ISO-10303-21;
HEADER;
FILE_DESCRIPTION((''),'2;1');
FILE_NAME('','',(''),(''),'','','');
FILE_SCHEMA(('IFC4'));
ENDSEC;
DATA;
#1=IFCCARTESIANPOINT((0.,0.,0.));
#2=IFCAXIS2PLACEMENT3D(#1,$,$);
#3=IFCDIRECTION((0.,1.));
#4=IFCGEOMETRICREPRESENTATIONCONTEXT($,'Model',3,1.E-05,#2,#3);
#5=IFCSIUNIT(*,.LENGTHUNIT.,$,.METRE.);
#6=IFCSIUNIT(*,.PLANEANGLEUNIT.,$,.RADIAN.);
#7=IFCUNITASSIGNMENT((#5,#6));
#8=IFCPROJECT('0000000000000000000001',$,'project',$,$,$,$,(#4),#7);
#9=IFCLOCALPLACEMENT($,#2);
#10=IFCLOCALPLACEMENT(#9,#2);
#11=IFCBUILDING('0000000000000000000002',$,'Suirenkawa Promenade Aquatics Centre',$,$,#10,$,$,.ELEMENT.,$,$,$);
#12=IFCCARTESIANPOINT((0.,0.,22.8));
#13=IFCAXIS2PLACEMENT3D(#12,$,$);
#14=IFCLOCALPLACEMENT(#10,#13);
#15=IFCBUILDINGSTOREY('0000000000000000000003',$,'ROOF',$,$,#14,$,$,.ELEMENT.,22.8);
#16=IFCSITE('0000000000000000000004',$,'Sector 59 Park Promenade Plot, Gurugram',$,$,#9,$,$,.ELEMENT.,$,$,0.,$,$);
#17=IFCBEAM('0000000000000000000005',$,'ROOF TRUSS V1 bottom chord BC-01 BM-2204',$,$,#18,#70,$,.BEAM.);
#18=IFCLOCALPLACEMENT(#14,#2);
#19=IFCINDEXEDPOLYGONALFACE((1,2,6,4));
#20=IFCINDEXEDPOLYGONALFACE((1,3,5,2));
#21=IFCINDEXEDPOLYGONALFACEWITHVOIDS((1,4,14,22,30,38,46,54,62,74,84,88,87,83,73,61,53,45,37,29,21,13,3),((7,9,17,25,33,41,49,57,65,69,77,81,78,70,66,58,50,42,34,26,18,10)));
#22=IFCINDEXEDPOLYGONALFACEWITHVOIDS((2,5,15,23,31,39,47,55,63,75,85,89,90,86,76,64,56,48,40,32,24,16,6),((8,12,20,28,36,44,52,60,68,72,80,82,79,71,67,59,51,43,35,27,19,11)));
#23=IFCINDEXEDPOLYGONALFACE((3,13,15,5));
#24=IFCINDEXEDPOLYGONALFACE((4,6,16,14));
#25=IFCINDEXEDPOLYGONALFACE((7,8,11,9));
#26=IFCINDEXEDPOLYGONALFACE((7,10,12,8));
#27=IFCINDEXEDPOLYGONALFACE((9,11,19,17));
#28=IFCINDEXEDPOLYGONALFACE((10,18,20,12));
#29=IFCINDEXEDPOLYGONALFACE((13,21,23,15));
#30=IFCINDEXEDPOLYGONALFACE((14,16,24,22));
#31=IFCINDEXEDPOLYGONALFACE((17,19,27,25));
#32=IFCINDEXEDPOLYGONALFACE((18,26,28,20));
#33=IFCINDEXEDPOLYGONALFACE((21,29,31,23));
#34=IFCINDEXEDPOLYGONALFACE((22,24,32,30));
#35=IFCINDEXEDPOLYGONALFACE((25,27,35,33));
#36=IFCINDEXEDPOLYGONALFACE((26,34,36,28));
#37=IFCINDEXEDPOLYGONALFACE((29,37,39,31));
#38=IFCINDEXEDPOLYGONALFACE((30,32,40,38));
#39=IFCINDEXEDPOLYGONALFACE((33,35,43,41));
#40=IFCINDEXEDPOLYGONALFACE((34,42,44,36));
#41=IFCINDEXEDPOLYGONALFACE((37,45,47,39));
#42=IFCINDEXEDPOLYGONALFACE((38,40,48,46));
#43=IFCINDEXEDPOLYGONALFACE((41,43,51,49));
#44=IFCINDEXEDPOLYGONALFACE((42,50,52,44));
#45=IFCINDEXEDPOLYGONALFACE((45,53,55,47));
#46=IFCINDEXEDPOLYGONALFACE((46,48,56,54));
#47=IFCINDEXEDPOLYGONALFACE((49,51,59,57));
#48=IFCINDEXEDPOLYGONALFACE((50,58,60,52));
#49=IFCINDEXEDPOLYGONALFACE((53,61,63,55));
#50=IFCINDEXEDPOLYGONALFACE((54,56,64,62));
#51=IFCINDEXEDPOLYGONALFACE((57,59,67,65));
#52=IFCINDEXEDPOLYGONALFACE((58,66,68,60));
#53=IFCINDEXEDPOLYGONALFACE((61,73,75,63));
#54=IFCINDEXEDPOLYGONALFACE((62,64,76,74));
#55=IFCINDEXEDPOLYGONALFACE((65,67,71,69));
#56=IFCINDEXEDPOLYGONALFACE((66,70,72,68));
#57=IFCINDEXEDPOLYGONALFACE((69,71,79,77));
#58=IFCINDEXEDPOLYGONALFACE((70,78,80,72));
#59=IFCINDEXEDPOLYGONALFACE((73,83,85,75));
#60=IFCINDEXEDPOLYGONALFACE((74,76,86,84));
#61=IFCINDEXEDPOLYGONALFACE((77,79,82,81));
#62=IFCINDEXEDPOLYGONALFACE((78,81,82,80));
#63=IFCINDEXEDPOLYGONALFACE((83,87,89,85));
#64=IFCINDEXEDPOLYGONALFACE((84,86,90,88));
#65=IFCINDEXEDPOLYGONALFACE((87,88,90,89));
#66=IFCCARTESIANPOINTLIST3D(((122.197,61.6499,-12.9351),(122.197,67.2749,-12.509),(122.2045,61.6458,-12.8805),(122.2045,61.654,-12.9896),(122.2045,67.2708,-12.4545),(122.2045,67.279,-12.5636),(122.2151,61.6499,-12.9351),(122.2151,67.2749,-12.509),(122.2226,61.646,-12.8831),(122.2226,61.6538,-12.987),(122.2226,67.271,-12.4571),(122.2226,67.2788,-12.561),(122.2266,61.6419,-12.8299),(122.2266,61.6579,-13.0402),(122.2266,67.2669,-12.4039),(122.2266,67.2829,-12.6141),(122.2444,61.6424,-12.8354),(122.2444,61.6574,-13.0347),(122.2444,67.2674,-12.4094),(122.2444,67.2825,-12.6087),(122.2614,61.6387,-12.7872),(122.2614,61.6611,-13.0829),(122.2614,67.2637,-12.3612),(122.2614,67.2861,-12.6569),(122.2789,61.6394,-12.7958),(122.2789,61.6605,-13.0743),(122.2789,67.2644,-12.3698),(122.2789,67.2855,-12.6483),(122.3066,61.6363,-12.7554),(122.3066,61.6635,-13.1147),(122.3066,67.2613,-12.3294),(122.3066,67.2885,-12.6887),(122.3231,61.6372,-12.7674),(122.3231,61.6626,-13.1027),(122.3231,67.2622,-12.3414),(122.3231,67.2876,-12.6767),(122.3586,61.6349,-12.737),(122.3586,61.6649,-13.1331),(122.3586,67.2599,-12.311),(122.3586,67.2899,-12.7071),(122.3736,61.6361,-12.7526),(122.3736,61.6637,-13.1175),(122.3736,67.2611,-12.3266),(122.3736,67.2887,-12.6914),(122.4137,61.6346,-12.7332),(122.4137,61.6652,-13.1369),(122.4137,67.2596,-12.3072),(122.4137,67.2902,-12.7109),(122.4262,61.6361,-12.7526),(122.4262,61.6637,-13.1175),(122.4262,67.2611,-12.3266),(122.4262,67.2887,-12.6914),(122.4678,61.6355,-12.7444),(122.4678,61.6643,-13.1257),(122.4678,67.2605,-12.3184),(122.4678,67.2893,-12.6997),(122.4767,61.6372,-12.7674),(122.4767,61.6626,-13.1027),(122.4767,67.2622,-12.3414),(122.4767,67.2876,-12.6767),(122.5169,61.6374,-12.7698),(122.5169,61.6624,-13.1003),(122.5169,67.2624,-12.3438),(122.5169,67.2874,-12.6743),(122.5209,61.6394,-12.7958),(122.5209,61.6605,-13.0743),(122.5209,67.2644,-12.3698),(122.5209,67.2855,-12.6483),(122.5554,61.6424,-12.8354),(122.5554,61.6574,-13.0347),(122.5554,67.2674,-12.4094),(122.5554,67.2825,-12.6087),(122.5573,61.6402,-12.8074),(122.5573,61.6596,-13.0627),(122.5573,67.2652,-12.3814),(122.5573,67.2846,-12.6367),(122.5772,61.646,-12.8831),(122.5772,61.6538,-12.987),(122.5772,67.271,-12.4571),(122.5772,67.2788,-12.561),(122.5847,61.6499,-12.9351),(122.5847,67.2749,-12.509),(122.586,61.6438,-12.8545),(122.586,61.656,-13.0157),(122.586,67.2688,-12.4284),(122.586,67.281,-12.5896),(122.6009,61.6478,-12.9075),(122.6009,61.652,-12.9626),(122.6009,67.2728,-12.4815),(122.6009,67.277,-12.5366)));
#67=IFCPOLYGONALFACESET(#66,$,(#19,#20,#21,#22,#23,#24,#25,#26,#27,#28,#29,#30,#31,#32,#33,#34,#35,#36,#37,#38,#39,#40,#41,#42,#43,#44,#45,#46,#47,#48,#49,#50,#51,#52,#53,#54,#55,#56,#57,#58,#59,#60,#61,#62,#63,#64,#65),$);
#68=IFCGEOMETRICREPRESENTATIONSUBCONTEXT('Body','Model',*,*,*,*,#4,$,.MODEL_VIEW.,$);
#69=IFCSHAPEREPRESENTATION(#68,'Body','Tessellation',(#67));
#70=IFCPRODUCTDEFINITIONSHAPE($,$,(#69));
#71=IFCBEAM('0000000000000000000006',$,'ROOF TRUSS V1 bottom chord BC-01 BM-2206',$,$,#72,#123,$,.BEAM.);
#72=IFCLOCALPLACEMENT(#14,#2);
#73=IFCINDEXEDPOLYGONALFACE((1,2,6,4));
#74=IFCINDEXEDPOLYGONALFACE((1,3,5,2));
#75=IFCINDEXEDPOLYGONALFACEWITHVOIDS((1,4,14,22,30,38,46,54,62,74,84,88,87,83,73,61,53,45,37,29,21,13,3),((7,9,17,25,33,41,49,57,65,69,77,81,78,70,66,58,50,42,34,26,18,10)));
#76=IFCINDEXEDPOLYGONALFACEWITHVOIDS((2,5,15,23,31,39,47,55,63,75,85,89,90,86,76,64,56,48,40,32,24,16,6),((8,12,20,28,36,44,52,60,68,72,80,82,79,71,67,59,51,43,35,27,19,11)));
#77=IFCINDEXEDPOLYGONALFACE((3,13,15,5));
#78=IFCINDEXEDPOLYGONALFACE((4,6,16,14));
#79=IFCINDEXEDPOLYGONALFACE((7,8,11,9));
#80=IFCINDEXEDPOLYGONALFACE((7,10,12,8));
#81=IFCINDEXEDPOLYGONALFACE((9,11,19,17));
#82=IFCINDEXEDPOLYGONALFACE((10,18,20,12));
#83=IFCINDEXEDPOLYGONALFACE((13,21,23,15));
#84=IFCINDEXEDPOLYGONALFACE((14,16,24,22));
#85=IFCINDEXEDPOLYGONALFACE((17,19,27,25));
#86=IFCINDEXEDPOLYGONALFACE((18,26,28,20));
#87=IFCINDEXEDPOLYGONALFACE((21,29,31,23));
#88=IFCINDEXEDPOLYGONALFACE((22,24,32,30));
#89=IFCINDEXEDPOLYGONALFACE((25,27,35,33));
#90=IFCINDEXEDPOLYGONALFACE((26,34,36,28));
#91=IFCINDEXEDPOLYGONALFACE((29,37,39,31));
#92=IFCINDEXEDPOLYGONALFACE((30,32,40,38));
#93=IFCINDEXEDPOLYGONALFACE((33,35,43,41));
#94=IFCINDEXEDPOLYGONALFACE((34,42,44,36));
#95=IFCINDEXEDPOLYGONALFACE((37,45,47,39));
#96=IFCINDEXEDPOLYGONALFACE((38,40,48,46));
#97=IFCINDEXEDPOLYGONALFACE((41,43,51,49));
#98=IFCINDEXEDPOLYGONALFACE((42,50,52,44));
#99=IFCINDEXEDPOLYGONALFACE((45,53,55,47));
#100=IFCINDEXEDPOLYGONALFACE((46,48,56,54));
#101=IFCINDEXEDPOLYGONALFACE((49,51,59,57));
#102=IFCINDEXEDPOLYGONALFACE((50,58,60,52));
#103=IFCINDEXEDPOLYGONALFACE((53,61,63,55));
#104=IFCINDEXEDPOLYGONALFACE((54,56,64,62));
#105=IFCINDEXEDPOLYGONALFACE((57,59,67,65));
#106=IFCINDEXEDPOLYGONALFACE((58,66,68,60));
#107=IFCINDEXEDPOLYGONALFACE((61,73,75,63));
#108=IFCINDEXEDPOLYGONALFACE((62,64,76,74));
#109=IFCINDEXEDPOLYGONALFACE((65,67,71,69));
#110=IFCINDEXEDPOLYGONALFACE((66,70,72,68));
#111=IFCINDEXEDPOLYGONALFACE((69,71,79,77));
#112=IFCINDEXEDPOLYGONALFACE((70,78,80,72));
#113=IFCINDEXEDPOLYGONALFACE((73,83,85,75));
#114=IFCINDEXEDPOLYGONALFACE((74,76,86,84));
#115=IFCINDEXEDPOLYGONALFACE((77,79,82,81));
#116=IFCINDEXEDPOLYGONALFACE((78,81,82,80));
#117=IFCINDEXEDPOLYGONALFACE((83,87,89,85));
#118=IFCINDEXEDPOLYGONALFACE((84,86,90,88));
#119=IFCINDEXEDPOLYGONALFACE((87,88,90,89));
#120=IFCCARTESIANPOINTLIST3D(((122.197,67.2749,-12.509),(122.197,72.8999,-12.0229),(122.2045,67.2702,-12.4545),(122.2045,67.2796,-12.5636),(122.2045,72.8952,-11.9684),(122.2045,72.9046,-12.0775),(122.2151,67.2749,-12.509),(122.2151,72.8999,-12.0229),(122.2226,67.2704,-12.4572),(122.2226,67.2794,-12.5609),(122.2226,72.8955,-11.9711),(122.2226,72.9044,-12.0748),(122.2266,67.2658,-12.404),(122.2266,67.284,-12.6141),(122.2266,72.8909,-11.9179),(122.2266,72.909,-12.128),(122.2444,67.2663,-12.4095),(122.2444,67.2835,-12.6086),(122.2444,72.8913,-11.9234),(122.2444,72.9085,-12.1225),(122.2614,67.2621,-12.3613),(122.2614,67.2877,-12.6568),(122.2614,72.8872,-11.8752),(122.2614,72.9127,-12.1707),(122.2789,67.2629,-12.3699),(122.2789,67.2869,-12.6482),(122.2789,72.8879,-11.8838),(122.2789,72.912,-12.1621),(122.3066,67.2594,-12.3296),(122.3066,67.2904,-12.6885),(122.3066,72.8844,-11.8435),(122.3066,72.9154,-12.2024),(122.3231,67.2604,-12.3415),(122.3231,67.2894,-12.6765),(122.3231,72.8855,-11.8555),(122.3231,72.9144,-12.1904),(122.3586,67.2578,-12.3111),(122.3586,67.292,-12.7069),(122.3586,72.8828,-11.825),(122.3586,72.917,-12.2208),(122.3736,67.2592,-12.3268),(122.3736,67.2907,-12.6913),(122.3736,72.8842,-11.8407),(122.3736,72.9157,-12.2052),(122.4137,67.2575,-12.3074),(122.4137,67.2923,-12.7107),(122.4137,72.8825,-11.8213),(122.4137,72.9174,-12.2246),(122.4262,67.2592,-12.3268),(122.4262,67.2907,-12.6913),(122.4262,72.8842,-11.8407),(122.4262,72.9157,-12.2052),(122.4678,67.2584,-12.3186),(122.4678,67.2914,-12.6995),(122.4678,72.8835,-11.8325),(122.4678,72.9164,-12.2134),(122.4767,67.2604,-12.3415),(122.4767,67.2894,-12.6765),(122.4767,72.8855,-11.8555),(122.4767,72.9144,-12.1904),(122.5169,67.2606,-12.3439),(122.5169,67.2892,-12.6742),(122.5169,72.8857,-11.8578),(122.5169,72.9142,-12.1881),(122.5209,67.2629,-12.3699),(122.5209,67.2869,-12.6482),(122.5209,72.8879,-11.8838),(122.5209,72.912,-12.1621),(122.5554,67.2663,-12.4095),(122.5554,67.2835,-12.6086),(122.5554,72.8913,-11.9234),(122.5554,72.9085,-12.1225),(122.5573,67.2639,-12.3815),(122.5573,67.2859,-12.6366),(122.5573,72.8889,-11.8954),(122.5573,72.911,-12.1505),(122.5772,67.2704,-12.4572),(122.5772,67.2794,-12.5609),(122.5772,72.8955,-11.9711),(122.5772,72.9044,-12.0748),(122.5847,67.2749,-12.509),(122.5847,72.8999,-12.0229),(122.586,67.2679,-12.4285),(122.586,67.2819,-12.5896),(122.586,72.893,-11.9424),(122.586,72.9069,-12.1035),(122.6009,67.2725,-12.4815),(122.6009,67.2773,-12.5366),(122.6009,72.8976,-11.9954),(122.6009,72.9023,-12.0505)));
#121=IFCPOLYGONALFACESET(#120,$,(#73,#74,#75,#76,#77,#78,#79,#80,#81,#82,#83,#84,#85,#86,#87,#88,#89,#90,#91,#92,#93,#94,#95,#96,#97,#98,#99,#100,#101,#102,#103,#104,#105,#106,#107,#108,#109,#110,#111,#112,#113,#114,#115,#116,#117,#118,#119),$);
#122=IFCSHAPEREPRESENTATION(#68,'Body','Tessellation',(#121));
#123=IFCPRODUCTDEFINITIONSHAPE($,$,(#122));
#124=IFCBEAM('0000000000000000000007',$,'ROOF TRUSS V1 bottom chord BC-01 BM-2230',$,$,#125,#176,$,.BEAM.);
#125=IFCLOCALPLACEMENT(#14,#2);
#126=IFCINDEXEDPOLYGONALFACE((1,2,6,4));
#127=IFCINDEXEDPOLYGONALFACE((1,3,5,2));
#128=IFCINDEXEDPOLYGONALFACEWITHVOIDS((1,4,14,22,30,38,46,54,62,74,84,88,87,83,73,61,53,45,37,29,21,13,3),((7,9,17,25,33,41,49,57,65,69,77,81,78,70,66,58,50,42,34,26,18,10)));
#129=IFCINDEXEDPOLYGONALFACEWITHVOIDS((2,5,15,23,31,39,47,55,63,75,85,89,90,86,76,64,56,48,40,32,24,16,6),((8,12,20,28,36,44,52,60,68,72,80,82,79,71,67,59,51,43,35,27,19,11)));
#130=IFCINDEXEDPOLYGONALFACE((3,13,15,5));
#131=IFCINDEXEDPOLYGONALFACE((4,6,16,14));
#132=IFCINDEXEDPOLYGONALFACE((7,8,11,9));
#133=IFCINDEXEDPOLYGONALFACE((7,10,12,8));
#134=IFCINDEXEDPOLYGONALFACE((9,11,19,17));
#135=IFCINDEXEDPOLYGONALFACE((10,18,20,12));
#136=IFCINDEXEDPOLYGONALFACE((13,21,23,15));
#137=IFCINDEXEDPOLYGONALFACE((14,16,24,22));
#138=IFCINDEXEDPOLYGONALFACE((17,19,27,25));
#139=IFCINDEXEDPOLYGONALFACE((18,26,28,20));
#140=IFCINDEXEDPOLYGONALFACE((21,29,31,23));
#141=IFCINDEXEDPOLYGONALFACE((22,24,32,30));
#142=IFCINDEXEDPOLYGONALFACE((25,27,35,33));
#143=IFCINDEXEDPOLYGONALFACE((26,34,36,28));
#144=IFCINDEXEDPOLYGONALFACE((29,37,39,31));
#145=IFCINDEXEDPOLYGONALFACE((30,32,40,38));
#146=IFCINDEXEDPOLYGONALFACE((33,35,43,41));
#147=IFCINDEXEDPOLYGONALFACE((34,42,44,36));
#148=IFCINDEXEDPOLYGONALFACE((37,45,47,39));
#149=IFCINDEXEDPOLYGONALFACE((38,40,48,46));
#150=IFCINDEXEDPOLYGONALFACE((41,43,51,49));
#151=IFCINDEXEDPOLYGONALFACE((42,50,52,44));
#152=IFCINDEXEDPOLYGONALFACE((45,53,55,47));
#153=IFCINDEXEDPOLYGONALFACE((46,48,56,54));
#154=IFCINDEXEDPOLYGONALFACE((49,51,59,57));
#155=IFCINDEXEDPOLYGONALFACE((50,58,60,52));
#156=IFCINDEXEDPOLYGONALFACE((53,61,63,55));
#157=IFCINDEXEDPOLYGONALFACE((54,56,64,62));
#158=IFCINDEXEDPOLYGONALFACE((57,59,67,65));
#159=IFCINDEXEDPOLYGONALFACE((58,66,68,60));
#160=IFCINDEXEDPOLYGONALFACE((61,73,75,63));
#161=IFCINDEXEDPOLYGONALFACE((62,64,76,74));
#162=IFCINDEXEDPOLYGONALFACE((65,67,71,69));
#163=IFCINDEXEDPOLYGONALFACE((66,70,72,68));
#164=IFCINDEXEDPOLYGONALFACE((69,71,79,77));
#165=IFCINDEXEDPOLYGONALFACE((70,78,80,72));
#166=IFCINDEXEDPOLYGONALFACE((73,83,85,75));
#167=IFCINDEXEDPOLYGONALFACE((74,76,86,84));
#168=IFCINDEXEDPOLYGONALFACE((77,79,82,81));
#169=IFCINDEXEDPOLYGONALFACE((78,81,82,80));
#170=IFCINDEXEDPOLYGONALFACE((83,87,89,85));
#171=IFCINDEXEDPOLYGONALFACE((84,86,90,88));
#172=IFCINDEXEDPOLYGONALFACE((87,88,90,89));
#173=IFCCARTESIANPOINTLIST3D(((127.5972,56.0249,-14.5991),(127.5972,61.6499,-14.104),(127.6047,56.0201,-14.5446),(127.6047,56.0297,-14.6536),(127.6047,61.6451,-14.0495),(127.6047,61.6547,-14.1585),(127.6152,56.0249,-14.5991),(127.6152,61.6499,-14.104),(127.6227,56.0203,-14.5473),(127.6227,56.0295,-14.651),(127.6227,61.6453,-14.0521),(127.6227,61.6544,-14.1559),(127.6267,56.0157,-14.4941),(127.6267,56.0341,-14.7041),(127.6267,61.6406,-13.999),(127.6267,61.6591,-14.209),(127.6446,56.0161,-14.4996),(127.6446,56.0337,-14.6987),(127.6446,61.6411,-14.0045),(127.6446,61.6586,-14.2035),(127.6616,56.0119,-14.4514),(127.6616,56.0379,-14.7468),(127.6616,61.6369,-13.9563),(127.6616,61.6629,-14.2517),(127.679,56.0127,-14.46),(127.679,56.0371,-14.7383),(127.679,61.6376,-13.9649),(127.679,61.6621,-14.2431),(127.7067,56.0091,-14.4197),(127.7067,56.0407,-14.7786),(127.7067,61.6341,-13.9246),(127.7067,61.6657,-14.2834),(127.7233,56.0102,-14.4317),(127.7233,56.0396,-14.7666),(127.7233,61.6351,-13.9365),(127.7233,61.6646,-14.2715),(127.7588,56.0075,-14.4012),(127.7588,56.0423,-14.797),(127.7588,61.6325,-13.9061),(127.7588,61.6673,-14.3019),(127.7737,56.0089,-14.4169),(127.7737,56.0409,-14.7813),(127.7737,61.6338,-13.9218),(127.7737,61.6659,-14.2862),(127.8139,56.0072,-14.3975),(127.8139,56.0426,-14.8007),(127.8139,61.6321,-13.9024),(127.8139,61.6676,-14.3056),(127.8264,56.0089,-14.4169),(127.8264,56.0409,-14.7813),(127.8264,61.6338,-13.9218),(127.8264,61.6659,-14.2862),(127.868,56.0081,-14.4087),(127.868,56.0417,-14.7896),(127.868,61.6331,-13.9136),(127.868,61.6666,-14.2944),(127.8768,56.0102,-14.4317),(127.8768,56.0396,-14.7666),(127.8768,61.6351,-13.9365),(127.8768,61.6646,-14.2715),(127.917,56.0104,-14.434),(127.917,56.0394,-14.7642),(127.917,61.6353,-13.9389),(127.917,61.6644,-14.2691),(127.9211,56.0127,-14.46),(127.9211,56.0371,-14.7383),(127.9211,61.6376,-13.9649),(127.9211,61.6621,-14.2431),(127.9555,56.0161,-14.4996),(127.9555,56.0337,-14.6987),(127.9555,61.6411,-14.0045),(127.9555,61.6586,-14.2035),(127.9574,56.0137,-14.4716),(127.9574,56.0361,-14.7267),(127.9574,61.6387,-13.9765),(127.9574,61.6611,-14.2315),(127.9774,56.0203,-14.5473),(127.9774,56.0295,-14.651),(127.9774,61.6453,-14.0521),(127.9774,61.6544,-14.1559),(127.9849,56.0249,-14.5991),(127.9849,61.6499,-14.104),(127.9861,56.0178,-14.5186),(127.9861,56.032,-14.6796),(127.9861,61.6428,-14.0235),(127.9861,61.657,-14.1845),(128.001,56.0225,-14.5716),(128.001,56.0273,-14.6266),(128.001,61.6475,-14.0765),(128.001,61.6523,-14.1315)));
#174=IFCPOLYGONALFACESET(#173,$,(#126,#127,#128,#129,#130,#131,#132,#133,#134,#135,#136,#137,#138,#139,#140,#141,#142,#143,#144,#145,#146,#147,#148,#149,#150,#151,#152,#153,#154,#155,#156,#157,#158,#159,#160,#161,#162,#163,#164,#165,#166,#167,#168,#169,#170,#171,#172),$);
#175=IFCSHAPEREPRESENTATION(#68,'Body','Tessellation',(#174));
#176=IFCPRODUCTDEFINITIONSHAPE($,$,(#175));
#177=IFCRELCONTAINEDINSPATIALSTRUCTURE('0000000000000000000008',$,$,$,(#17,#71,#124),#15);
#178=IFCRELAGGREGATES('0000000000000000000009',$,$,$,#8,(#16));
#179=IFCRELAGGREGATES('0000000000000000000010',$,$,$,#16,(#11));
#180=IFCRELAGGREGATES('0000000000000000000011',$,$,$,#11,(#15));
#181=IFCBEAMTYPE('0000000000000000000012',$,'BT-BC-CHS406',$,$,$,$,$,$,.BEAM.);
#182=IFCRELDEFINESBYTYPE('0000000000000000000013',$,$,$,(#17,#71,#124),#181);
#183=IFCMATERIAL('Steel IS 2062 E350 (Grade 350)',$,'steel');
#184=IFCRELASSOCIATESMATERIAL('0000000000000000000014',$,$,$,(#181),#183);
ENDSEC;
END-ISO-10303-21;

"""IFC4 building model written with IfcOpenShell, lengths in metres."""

from ifc_helpers import new_model, si_unit, direction, frame, origin, origin_2d, place, context, subcontext, project, spatial, hollow_circle, extrude, material, material_profile, profile_set, type_object, element, save


model = new_model("IFC4")

# Units and contexts
model_context = context("Model", 3, precision=1e-05, world=origin(), true_north=direction((0.0, 1.0)))
body_context = subcontext(model_context, "Body", "Model", "MODEL_VIEW")
ifc_project = project(units=[si_unit("LENGTHUNIT", "METRE"), si_unit("PLANEANGLEUNIT", "RADIAN")], contexts=[model_context])

# Site, building, storey
site_placement = place(None, origin())
site = spatial("IfcSite", under=ifc_project, at=site_placement, Name="Sector 59 Park Promenade Plot, Gurugram", CompositionType="ELEMENT", RefElevation=0.0)
building_placement = place(site_placement, origin())
building = spatial("IfcBuilding", under=site, at=building_placement, Name="Suirenkawa Promenade Aquatics Centre", CompositionType="ELEMENT")
storey_placement = place(building_placement, frame((0.0, 0.0, 22.8)))
storey = spatial("IfcBuildingStorey", under=building, at=storey_placement, Name="ROOF", CompositionType="ELEMENT", Elevation=22.8)

# Beams
ifc_material = material(Name="Steel IS 2062 E350 (Grade 350)", Category="steel")
ifc_material_profile_1 = material_profile(ifc_material, hollow_circle(Radius=0.2029, WallThickness=0.0181, at=origin_2d()), Name="CHS 406x18", Category="steel")
ifc_profile_set_1 = profile_set([ifc_material_profile_1], Name="Steel IS 2062 E350 (Grade 350)")
beam_type_1 = type_object("IfcBeamType", Name="BT-BC-CHS406", PredefinedType="BEAM", material=ifc_profile_set_1)
beam_1_placement = place(storey_placement, frame((122.3999, 61.6499, -12.9351), z_axis=(0.0, 0.997144, 0.075522), x_axis=(-1.0, 0.0, 0.0)))
element("IfcBeam", 1, at=beam_1_placement, inside=storey, type_object=beam_type_1, Name="ROOF TRUSS V1 bottom chord BC-01 BM-2204", PredefinedType="BEAM", context=body_context, shape_type="SweptSolid", body=[
    extrude(hollow_circle(Radius=0.2029, WallThickness=0.0181, at=origin_2d()), origin(), (0.0, 0.0, 1.0), 5.6411),
])
beam_2_placement = place(storey_placement, frame((122.3999, 67.2749, -12.509), z_axis=(0.0, 0.996287, 0.086094), x_axis=(-1.0, 0.0, 0.0)))
element("IfcBeam", 2, at=beam_2_placement, inside=storey, type_object=beam_type_1, Name="ROOF TRUSS V1 bottom chord BC-01 BM-2206", PredefinedType="BEAM", context=body_context, shape_type="SweptSolid", body=[
    extrude(hollow_circle(Radius=0.2029, WallThickness=0.0181, at=origin_2d()), origin(), (0.0, 0.0, 1.0), 5.646),
])
beam_3_placement = place(storey_placement, frame((127.8, 56.0249, -14.5991), z_axis=(0.0, 0.996149, 0.087682), x_axis=(-1.0, 0.0, 0.0)))
element("IfcBeam", 3, at=beam_3_placement, inside=storey, type_object=beam_type_1, Name="ROOF TRUSS V1 bottom chord BC-01 BM-2230", PredefinedType="BEAM", context=body_context, shape_type="SweptSolid", body=[
    extrude(hollow_circle(Radius=0.2029, WallThickness=0.0181, at=origin_2d()), origin(), (0.0, 0.0, 1.0), 5.6467),
])

save(model, "model.ifc")
